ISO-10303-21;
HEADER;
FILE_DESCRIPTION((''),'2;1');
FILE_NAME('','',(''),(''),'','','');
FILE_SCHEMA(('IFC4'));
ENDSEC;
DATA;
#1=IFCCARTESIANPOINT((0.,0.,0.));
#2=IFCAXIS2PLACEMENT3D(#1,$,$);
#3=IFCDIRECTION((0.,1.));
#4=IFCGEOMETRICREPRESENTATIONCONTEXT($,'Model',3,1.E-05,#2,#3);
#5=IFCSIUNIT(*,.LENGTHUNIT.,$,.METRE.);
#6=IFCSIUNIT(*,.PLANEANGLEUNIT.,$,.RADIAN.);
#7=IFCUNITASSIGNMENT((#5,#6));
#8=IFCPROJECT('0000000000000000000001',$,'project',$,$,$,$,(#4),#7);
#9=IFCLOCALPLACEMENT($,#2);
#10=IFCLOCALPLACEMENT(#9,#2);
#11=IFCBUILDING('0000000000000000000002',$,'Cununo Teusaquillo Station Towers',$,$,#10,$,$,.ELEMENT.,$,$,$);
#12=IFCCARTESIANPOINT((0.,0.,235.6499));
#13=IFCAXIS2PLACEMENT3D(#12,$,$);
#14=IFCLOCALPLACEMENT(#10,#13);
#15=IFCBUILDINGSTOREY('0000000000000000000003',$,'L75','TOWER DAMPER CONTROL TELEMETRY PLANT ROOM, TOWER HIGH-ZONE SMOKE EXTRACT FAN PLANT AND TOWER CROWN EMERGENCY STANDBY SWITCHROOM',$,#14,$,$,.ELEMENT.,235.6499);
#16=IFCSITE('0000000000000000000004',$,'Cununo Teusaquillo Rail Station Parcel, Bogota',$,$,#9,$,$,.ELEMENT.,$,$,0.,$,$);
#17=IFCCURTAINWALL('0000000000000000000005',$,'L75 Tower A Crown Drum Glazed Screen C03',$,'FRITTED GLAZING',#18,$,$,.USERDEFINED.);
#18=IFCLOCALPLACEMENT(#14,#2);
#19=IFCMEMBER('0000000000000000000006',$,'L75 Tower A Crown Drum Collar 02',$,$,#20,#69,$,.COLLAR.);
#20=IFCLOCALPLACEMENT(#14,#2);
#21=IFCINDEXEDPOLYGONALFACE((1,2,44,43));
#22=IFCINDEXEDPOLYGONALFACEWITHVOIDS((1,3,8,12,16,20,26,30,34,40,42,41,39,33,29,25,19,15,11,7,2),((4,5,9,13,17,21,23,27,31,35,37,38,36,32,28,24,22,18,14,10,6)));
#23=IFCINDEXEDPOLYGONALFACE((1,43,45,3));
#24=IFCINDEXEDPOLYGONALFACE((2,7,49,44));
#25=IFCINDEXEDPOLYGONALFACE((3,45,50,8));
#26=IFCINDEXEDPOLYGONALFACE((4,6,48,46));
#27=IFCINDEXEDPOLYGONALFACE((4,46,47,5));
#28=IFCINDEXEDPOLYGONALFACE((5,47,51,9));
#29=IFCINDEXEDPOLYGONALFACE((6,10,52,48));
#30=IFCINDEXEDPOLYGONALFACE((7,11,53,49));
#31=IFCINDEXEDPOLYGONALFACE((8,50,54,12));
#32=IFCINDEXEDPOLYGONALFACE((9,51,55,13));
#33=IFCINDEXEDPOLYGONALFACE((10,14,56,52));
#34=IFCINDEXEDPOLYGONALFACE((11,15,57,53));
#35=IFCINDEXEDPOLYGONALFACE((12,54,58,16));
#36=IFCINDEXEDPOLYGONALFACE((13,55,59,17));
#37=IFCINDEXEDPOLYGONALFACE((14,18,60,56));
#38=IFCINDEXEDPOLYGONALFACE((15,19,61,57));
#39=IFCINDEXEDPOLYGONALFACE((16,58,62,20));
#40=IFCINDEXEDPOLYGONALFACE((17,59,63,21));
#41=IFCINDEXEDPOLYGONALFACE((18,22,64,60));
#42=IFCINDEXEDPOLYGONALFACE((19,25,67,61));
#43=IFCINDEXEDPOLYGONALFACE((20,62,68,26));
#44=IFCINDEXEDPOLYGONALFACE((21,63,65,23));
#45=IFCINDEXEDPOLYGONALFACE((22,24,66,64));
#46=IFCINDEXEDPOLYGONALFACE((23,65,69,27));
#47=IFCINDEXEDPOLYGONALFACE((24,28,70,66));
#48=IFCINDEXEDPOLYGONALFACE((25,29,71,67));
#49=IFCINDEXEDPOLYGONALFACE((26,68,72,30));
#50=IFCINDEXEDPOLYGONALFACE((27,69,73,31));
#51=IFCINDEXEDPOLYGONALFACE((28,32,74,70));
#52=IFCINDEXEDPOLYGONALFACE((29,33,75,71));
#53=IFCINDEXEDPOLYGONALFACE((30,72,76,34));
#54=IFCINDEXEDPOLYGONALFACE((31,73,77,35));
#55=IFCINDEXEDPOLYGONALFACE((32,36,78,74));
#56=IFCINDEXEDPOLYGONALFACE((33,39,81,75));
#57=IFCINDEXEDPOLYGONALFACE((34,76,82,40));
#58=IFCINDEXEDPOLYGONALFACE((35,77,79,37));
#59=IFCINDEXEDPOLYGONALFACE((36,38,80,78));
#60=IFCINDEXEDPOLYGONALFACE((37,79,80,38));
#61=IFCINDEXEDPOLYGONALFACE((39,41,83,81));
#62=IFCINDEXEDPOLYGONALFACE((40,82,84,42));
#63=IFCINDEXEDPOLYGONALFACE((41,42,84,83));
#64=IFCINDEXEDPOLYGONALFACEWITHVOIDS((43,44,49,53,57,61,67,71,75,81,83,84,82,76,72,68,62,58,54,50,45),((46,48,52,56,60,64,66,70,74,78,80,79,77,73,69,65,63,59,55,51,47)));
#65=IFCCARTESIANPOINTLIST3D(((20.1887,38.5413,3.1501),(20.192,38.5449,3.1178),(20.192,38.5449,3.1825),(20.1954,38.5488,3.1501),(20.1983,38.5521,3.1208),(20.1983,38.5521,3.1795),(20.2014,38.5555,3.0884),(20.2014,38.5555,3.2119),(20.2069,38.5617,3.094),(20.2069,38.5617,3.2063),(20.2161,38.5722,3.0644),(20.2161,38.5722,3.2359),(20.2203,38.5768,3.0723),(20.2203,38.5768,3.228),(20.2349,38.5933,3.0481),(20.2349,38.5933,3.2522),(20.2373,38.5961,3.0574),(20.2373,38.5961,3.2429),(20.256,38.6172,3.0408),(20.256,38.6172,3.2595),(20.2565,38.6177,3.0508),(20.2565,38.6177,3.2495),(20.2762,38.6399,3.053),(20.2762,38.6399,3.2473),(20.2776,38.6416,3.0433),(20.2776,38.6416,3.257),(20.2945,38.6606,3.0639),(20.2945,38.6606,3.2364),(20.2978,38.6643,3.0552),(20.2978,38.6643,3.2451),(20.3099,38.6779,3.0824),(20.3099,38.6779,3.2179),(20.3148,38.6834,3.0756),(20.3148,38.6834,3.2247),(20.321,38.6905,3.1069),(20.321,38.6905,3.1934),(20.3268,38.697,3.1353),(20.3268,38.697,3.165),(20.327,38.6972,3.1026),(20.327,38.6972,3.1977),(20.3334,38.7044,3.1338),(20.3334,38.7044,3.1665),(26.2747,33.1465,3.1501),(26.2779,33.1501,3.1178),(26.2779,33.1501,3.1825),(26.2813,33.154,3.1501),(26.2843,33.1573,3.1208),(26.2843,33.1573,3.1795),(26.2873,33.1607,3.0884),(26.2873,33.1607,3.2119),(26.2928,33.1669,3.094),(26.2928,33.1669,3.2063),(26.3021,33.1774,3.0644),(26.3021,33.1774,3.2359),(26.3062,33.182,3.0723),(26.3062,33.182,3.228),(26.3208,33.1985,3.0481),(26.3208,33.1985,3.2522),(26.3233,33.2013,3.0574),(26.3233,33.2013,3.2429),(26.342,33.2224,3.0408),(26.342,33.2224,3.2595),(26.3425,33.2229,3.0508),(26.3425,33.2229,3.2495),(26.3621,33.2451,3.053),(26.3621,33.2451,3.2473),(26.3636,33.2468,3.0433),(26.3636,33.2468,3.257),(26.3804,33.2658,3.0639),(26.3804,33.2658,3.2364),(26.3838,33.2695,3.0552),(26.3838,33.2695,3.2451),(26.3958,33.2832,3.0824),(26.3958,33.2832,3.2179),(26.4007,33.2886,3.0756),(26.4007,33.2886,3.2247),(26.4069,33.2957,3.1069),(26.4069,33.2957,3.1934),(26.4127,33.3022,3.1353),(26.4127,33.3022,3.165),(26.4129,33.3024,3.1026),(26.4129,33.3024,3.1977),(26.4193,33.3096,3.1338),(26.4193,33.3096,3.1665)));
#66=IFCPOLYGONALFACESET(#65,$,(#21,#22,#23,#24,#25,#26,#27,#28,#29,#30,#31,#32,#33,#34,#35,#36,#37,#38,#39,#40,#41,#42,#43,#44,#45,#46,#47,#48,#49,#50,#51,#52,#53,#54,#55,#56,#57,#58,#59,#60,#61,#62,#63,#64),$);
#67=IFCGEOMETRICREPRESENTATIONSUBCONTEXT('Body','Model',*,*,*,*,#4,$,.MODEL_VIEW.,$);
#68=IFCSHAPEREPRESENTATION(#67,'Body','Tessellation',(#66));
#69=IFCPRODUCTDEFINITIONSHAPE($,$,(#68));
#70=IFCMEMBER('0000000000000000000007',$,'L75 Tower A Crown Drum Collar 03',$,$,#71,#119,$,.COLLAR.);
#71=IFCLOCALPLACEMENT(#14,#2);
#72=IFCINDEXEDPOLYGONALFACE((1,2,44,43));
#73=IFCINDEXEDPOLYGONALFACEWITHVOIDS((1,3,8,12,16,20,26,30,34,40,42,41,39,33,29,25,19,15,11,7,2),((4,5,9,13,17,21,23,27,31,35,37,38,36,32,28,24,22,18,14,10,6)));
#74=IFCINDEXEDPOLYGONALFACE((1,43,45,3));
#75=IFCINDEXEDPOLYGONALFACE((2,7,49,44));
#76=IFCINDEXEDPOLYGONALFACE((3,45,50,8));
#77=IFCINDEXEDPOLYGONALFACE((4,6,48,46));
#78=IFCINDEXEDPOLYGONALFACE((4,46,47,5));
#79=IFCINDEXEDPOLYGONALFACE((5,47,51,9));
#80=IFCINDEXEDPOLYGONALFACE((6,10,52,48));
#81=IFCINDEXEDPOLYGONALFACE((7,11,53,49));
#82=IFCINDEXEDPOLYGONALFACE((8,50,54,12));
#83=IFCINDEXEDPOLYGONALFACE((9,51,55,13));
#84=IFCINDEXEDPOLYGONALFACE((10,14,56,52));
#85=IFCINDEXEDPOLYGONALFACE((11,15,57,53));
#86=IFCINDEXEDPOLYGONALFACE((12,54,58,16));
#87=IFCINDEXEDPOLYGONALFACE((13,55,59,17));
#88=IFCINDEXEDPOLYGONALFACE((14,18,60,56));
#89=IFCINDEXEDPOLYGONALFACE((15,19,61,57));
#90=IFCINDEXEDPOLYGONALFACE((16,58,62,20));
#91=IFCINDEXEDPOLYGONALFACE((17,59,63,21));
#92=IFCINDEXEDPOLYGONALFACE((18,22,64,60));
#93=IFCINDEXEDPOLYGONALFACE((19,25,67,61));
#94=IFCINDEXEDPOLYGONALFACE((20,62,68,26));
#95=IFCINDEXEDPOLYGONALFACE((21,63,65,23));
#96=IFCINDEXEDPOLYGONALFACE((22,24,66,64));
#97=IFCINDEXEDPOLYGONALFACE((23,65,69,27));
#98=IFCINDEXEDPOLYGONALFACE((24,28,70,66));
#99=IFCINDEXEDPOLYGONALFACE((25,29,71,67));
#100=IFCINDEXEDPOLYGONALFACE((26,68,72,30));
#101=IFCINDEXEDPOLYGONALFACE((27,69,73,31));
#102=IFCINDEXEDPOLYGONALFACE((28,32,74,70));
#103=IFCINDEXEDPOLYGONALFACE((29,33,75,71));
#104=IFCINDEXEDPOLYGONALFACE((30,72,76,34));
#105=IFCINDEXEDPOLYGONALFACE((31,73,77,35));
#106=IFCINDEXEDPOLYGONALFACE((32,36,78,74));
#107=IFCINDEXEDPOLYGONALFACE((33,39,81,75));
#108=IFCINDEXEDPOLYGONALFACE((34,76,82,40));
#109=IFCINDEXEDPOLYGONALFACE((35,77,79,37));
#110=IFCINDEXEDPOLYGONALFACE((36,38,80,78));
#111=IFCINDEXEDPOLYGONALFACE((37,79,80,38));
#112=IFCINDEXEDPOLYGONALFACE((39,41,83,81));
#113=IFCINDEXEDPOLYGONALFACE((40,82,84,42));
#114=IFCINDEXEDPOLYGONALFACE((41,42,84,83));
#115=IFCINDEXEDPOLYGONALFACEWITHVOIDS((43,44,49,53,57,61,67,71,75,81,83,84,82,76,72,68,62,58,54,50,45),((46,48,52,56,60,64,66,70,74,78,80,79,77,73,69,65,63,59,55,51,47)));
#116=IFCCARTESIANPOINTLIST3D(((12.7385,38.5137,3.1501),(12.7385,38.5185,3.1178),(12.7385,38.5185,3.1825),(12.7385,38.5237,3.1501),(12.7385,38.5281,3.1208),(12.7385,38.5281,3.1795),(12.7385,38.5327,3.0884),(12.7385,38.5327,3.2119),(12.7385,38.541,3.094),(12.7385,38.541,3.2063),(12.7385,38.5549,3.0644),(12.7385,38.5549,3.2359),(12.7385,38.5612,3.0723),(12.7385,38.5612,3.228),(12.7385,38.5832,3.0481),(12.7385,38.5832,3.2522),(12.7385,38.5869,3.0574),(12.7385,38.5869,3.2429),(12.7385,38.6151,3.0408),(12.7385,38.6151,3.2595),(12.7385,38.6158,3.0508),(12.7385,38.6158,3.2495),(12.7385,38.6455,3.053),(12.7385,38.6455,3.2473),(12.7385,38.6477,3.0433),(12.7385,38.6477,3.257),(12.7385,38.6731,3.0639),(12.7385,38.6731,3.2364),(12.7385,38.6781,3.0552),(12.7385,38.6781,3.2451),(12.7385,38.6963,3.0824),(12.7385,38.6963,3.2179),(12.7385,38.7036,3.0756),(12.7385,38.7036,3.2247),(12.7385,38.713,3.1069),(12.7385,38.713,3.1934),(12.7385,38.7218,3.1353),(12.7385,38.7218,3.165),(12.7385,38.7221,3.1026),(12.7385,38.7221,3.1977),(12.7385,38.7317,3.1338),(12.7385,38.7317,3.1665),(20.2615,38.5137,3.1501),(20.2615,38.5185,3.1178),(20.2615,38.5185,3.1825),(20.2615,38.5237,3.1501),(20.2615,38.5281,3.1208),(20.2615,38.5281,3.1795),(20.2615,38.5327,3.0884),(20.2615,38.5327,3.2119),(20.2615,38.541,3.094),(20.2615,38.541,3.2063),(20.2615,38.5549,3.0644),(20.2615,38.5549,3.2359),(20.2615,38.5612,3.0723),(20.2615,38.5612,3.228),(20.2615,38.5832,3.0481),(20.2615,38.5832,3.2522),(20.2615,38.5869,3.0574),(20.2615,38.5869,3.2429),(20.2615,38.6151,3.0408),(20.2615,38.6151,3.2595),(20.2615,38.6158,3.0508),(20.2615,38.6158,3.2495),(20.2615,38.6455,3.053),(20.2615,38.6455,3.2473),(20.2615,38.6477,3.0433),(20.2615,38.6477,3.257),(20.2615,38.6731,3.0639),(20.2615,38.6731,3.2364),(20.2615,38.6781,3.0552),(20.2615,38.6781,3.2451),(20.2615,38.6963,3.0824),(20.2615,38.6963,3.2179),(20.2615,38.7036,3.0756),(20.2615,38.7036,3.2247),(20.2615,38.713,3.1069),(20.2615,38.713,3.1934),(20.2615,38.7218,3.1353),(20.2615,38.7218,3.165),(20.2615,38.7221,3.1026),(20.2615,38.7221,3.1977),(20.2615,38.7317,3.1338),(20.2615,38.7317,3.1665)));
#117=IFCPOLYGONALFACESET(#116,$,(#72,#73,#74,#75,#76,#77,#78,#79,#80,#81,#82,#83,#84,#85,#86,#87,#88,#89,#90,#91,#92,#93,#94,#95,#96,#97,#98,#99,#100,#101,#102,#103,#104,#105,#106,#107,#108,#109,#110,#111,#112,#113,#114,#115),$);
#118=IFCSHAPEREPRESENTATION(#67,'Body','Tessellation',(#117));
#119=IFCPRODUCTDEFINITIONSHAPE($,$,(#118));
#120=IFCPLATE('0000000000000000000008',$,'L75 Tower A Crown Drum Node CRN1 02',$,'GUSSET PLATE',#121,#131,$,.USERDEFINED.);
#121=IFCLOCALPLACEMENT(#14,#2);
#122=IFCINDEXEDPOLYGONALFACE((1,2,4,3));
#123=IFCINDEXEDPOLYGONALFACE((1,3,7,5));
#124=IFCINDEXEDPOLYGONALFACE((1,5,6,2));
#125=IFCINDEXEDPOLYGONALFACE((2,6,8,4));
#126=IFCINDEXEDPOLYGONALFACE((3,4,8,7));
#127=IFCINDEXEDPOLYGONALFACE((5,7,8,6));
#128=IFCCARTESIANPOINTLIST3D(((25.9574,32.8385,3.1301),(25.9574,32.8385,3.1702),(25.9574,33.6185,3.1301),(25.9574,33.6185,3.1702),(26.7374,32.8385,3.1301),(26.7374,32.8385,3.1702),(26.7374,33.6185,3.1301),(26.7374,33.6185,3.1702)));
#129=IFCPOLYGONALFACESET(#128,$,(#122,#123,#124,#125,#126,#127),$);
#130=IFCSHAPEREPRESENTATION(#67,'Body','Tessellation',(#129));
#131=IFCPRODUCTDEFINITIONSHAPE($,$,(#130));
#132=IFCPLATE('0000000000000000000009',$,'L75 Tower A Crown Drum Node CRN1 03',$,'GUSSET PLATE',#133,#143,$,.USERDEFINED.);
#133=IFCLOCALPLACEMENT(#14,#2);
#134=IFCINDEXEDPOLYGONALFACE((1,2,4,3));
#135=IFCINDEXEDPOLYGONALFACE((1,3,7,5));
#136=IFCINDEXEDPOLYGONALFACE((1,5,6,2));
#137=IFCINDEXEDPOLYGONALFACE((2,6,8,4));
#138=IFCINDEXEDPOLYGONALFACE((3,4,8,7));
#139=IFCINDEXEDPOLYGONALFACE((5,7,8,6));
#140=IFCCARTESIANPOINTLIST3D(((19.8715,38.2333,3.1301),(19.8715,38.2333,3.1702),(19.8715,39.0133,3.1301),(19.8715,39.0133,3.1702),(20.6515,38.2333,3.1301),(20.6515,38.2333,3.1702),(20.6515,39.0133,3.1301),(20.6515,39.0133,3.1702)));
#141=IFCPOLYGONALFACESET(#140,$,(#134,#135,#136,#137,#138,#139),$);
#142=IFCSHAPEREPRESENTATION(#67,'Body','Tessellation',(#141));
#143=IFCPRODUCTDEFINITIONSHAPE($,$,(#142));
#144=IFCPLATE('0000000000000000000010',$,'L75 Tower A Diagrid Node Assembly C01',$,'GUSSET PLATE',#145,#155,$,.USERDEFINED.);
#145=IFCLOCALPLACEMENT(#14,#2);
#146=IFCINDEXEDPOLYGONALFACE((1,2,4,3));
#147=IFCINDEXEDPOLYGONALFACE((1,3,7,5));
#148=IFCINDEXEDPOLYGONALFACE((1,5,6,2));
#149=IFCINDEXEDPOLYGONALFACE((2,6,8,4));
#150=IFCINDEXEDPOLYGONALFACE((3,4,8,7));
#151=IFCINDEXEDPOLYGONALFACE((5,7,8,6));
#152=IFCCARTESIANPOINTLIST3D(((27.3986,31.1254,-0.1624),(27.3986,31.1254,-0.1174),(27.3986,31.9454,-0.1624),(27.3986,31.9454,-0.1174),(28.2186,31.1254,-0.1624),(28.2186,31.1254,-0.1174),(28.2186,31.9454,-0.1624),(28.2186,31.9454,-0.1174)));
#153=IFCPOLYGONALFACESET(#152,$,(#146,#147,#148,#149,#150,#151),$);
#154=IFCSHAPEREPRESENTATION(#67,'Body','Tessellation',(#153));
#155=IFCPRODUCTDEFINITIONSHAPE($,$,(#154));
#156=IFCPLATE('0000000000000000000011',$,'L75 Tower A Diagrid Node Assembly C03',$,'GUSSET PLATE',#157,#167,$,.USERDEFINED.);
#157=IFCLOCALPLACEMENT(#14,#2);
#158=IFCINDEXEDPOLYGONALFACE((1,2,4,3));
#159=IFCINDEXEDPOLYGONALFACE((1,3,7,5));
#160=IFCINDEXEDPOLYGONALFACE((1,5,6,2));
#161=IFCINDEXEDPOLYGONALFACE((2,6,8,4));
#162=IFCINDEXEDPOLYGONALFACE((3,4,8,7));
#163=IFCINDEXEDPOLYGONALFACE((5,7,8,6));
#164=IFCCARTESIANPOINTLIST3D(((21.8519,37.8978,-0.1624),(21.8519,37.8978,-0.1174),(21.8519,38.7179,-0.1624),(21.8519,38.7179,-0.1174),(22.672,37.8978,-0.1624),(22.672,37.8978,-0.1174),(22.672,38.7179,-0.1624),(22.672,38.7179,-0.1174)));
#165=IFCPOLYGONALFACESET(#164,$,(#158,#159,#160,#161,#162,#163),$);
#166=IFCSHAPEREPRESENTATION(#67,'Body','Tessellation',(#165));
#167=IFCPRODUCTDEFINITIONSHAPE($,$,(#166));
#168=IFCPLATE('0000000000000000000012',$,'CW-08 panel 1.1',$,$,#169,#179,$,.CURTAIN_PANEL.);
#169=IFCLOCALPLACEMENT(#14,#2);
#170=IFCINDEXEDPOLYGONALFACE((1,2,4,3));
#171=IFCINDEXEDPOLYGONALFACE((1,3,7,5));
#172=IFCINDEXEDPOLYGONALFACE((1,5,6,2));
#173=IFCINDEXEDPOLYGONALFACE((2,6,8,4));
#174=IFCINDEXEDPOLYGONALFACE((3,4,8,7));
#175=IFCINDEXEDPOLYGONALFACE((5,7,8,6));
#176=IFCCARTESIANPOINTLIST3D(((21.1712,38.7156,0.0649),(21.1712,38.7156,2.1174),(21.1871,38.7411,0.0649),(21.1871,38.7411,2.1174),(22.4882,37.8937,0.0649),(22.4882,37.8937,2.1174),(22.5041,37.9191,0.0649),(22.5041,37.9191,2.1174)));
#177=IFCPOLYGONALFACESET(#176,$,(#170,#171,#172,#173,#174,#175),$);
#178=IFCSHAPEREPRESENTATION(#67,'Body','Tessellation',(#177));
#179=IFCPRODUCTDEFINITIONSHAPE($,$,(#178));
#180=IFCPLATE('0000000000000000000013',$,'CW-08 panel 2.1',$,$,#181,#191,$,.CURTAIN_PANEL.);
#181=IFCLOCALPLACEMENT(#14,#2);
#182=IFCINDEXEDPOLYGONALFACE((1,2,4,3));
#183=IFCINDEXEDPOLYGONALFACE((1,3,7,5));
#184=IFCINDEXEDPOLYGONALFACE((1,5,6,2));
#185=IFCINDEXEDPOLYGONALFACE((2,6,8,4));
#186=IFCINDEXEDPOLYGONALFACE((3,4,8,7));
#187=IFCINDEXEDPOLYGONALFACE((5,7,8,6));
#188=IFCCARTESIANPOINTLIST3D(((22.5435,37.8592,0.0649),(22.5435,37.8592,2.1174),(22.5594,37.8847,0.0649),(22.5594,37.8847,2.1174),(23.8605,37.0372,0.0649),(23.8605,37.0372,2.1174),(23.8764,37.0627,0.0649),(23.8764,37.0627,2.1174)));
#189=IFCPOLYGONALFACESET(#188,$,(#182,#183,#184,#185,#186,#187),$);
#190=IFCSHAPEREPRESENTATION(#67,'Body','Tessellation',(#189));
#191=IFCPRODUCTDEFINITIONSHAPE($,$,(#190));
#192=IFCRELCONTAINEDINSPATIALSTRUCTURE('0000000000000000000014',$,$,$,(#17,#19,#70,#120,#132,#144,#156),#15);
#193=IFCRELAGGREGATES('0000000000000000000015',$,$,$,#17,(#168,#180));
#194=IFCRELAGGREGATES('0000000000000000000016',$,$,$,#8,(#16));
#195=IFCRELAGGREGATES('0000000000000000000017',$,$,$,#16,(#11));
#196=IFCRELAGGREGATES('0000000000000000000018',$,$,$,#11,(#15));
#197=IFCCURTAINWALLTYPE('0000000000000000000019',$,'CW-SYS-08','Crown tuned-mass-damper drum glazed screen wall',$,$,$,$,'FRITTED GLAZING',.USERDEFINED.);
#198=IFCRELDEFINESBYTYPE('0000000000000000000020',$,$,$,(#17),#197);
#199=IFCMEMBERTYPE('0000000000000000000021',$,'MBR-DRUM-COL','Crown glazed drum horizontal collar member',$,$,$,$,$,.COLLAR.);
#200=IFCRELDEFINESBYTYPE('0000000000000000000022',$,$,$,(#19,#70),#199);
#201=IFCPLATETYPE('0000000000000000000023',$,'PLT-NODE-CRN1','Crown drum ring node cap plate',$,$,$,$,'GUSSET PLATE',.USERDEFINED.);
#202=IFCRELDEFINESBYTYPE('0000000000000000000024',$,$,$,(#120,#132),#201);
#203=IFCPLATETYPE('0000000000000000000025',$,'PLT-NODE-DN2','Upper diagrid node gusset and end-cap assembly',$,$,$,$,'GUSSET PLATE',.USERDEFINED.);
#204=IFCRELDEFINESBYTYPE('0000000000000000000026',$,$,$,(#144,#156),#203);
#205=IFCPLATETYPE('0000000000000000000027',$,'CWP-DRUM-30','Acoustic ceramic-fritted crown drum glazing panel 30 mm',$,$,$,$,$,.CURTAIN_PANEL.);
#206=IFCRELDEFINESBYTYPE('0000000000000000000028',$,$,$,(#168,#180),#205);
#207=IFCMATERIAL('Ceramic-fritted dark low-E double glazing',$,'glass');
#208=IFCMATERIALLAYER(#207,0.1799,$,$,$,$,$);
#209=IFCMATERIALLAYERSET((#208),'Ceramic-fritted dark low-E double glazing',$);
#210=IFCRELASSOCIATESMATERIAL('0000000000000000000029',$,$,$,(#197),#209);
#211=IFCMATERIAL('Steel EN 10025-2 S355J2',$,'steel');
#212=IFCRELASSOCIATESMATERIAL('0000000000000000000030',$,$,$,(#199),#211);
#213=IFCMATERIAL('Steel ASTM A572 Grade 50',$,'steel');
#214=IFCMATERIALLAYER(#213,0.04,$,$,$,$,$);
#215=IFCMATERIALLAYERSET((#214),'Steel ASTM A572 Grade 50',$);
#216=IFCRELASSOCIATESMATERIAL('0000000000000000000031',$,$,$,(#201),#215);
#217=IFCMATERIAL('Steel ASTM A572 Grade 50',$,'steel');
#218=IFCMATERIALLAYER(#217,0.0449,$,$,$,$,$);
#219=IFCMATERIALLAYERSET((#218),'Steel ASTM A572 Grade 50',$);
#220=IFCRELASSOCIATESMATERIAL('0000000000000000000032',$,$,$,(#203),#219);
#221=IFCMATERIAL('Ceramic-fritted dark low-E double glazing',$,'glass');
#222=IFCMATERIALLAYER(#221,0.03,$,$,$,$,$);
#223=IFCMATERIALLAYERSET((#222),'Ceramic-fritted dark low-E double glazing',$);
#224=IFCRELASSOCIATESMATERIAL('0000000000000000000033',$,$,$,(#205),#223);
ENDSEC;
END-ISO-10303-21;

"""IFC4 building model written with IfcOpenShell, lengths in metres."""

from ifc_helpers import new_model, si_unit, direction, frame, origin, origin_2d, place, context, subcontext, project, spatial, rectangle, hollow_circle, extrude, source, transform, mapped, material, layer, layer_set, material_profile, profile_set, type_object, element, aggregate, save


model = new_model("IFC4")

# Units and contexts
model_context = context("Model", 3, precision=1e-05, world=origin(), true_north=direction((0.0, 1.0)))
body_context = subcontext(model_context, "Body", "Model", "MODEL_VIEW")
ifc_project = project(units=[si_unit("LENGTHUNIT", "METRE"), si_unit("PLANEANGLEUNIT", "RADIAN")], contexts=[model_context])

# Site, building, storey
site_placement = place(None, origin())
site = spatial("IfcSite", under=ifc_project, at=site_placement, Name="Cununo Teusaquillo Rail Station Parcel, Bogota", CompositionType="ELEMENT", RefElevation=0.0)
building_placement = place(site_placement, origin())
building = spatial("IfcBuilding", under=site, at=building_placement, Name="Cununo Teusaquillo Station Towers", CompositionType="ELEMENT")
storey_placement = place(building_placement, frame((0.0, 0.0, 235.6499)))
storey = spatial("IfcBuildingStorey", under=building, at=storey_placement, Name="L75", Description="TOWER DAMPER CONTROL TELEMETRY PLANT ROOM, TOWER HIGH-ZONE SMOKE EXTRACT FAN PLANT AND TOWER CROWN EMERGENCY STANDBY SWITCHROOM", CompositionType="ELEMENT", Elevation=235.6499)

# Curtain wall
ifc_material_1 = material(Name="Ceramic-fritted dark low-E double glazing", Category="glass")
ifc_layer_1 = layer(ifc_material_1, 0.1799)
ifc_layer_set_1 = layer_set([ifc_layer_1], Name="Ceramic-fritted dark low-E double glazing")
curtain_wall_type = type_object("IfcCurtainWallType", Name="CW-SYS-08", Description="Crown tuned-mass-damper drum glazed screen wall", ElementType="FRITTED GLAZING", PredefinedType="USERDEFINED", material=ifc_layer_set_1)
curtain_wall_placement = place(storey_placement, origin())
curtain_wall = element("IfcCurtainWall", 1, at=curtain_wall_placement, inside=storey, type_object=curtain_wall_type, Name="L75 Tower A Crown Drum Glazed Screen C03", ObjectType="FRITTED GLAZING", PredefinedType="USERDEFINED")

# Members
ifc_material_2 = material(Name="Steel EN 10025-2 S355J2", Category="steel")
ifc_material_profile_1 = material_profile(ifc_material_2, hollow_circle(Radius=0.1096, WallThickness=0.01, at=origin_2d()), Name="CHS 219x10")
ifc_profile_set_1 = profile_set([ifc_material_profile_1], Name="Steel EN 10025-2 S355J2")
member_type_1 = type_object("IfcMemberType", Name="MBR-DRUM-COL", Description="Crown glazed drum horizontal collar member", PredefinedType="COLLAR", material=ifc_profile_set_1)
member_1_placement = place(storey_placement, frame((26.3474, 33.2285, 3.1501), z_axis=(-0.748321, 0.663337, 0.0), x_axis=(-0.663337, -0.748321, 0.0)))
element("IfcMember", 2, at=member_1_placement, inside=storey, type_object=member_type_1, Name="L75 Tower A Crown Drum Collar 02", PredefinedType="COLLAR", context=body_context, shape_type="SweptSolid", body=[
    extrude(hollow_circle(Radius=0.1096, WallThickness=0.01, at=origin_2d()), origin(), (0.0, 0.0, 1.0), 8.1328),
])
member_2_placement = place(storey_placement, frame((20.2615, 38.6233, 3.1501), z_axis=(-1.0, 0.0, 0.0), x_axis=(0.0, -1.0, 0.0)))
element("IfcMember", 3, at=member_2_placement, inside=storey, type_object=member_type_1, Name="L75 Tower A Crown Drum Collar 03", PredefinedType="COLLAR", context=body_context, shape_type="SweptSolid", body=[
    extrude(hollow_circle(Radius=0.1096, WallThickness=0.01, at=origin_2d()), origin(), (0.0, 0.0, 1.0), 7.5229),
])

# Plates
ifc_material_3 = material(Name="Steel ASTM A572 Grade 50", Category="steel")
ifc_layer_2 = layer(ifc_material_3, 0.04)
ifc_layer_set_2 = layer_set([ifc_layer_2], Name="Steel ASTM A572 Grade 50")
plate_type_1 = type_object("IfcPlateType", Name="PLT-NODE-CRN1", Description="Crown drum ring node cap plate", ElementType="GUSSET PLATE", PredefinedType="USERDEFINED", material=ifc_layer_set_2)
shared_shape_1 = source(origin(), body_context, "Body", "SweptSolid", [
    extrude(rectangle(XDim=0.78, YDim=0.78, at=origin_2d()), origin(), (0.0, 0.0, 1.0), 0.04),
])
for number, where, z_axis, x_axis, name in (
    (4, (26.3474, 33.2285, 3.1301), (0.0, 0.0, 1.0), (1.0, 0.0, 0.0), "L75 Tower A Crown Drum Node CRN1 02"),
    (5, (20.2615, 38.6233, 3.1301), (0.0, 0.0, 1.0), (1.0, 0.0, 0.0), "L75 Tower A Crown Drum Node CRN1 03"),
):
    element("IfcPlate", number, at=place(storey_placement, frame(where, z_axis=z_axis, x_axis=x_axis)), inside=storey, type_object=plate_type_1, Name=name, ObjectType="GUSSET PLATE", PredefinedType="USERDEFINED", context=body_context, shape_type="MappedRepresentation", body=[
        mapped(shared_shape_1, transform((0.0, 0.0, 0.0), x_axis=(1.0, 0.0, 0.0), y_axis=(0.0, 1.0, 0.0), z_axis=(0.0, 0.0, 1.0), scale=1.0)),
    ])
ifc_material_4 = material(Name="Steel ASTM A572 Grade 50", Category="steel")
ifc_layer_3 = layer(ifc_material_4, 0.0449)
ifc_layer_set_3 = layer_set([ifc_layer_3], Name="Steel ASTM A572 Grade 50")
plate_type_2 = type_object("IfcPlateType", Name="PLT-NODE-DN2", Description="Upper diagrid node gusset and end-cap assembly", ElementType="GUSSET PLATE", PredefinedType="USERDEFINED", material=ifc_layer_set_3)
shared_shape_2 = source(origin(), body_context, "Body", "SweptSolid", [
    extrude(rectangle(XDim=0.8201, YDim=0.8201, at=origin_2d()), origin(), (0.0, 0.0, 1.0), 0.0449),
])
for number, where, z_axis, x_axis, name in (
    (6, (27.8086, 31.5354, -0.1624), (0.0, 0.0, 1.0), (1.0, 0.0, 0.0), "L75 Tower A Diagrid Node Assembly C01"),
    (7, (22.262, 38.3079, -0.1624), (0.0, 0.0, 1.0), (1.0, 0.0, 0.0), "L75 Tower A Diagrid Node Assembly C03"),
):
    element("IfcPlate", number, at=place(storey_placement, frame(where, z_axis=z_axis, x_axis=x_axis)), inside=storey, type_object=plate_type_2, Name=name, ObjectType="GUSSET PLATE", PredefinedType="USERDEFINED", context=body_context, shape_type="MappedRepresentation", body=[
        mapped(shared_shape_2, transform((0.0, 0.0, 0.0), x_axis=(1.0, 0.0, 0.0), y_axis=(0.0, 1.0, 0.0), z_axis=(0.0, 0.0, 1.0), scale=1.0)),
    ])

# Plates
ifc_material_5 = material(Name="Ceramic-fritted dark low-E double glazing", Category="glass")
ifc_layer_4 = layer(ifc_material_5, 0.03)
ifc_layer_set_4 = layer_set([ifc_layer_4], Name="Ceramic-fritted dark low-E double glazing")
plate_type_3 = type_object("IfcPlateType", Name="CWP-DRUM-30", Description="Acoustic ceramic-fritted crown drum glazing panel 30 mm", PredefinedType="CURTAIN_PANEL", material=ifc_layer_set_4)
shared_shape_3 = source(origin(), body_context, "Body", "SweptSolid", [
    extrude(rectangle(XDim=1.5525, YDim=0.03, at=origin_2d()), origin(), (0.0, 0.0, 1.0), 2.0525),
])
plate_1_placement = place(storey_placement, frame((21.8376, 38.3174, 0.0649), z_axis=(0.0, 0.0, 1.0), x_axis=(0.84834, -0.529451, 0.0)))
plate_1 = element("IfcPlate", 8, at=plate_1_placement, type_object=plate_type_3, Name="CW-08 panel 1.1", PredefinedType="CURTAIN_PANEL", context=body_context, shape_type="MappedRepresentation", body=[
    mapped(shared_shape_3, transform((0.0, 0.0, 0.0), x_axis=(1.0, 0.0, 0.0), y_axis=(0.0, 1.0, 0.0), z_axis=(0.0, 0.0, 1.0), scale=1.0)),
])
plate_2_placement = place(storey_placement, frame((23.21, 37.4609, 0.0649), z_axis=(0.0, 0.0, 1.0), x_axis=(0.84834, -0.529451, 0.0)))
plate_2 = element("IfcPlate", 9, at=plate_2_placement, type_object=plate_type_3, Name="CW-08 panel 2.1", PredefinedType="CURTAIN_PANEL", context=body_context, shape_type="MappedRepresentation", body=[
    mapped(shared_shape_3, transform((0.0, 0.0, 0.0), x_axis=(1.0, 0.0, 0.0), y_axis=(0.0, 1.0, 0.0), z_axis=(0.0, 0.0, 1.0), scale=1.0)),
])
aggregate(curtain_wall, [plate_1, plate_2])

save(model, "model.ifc")
